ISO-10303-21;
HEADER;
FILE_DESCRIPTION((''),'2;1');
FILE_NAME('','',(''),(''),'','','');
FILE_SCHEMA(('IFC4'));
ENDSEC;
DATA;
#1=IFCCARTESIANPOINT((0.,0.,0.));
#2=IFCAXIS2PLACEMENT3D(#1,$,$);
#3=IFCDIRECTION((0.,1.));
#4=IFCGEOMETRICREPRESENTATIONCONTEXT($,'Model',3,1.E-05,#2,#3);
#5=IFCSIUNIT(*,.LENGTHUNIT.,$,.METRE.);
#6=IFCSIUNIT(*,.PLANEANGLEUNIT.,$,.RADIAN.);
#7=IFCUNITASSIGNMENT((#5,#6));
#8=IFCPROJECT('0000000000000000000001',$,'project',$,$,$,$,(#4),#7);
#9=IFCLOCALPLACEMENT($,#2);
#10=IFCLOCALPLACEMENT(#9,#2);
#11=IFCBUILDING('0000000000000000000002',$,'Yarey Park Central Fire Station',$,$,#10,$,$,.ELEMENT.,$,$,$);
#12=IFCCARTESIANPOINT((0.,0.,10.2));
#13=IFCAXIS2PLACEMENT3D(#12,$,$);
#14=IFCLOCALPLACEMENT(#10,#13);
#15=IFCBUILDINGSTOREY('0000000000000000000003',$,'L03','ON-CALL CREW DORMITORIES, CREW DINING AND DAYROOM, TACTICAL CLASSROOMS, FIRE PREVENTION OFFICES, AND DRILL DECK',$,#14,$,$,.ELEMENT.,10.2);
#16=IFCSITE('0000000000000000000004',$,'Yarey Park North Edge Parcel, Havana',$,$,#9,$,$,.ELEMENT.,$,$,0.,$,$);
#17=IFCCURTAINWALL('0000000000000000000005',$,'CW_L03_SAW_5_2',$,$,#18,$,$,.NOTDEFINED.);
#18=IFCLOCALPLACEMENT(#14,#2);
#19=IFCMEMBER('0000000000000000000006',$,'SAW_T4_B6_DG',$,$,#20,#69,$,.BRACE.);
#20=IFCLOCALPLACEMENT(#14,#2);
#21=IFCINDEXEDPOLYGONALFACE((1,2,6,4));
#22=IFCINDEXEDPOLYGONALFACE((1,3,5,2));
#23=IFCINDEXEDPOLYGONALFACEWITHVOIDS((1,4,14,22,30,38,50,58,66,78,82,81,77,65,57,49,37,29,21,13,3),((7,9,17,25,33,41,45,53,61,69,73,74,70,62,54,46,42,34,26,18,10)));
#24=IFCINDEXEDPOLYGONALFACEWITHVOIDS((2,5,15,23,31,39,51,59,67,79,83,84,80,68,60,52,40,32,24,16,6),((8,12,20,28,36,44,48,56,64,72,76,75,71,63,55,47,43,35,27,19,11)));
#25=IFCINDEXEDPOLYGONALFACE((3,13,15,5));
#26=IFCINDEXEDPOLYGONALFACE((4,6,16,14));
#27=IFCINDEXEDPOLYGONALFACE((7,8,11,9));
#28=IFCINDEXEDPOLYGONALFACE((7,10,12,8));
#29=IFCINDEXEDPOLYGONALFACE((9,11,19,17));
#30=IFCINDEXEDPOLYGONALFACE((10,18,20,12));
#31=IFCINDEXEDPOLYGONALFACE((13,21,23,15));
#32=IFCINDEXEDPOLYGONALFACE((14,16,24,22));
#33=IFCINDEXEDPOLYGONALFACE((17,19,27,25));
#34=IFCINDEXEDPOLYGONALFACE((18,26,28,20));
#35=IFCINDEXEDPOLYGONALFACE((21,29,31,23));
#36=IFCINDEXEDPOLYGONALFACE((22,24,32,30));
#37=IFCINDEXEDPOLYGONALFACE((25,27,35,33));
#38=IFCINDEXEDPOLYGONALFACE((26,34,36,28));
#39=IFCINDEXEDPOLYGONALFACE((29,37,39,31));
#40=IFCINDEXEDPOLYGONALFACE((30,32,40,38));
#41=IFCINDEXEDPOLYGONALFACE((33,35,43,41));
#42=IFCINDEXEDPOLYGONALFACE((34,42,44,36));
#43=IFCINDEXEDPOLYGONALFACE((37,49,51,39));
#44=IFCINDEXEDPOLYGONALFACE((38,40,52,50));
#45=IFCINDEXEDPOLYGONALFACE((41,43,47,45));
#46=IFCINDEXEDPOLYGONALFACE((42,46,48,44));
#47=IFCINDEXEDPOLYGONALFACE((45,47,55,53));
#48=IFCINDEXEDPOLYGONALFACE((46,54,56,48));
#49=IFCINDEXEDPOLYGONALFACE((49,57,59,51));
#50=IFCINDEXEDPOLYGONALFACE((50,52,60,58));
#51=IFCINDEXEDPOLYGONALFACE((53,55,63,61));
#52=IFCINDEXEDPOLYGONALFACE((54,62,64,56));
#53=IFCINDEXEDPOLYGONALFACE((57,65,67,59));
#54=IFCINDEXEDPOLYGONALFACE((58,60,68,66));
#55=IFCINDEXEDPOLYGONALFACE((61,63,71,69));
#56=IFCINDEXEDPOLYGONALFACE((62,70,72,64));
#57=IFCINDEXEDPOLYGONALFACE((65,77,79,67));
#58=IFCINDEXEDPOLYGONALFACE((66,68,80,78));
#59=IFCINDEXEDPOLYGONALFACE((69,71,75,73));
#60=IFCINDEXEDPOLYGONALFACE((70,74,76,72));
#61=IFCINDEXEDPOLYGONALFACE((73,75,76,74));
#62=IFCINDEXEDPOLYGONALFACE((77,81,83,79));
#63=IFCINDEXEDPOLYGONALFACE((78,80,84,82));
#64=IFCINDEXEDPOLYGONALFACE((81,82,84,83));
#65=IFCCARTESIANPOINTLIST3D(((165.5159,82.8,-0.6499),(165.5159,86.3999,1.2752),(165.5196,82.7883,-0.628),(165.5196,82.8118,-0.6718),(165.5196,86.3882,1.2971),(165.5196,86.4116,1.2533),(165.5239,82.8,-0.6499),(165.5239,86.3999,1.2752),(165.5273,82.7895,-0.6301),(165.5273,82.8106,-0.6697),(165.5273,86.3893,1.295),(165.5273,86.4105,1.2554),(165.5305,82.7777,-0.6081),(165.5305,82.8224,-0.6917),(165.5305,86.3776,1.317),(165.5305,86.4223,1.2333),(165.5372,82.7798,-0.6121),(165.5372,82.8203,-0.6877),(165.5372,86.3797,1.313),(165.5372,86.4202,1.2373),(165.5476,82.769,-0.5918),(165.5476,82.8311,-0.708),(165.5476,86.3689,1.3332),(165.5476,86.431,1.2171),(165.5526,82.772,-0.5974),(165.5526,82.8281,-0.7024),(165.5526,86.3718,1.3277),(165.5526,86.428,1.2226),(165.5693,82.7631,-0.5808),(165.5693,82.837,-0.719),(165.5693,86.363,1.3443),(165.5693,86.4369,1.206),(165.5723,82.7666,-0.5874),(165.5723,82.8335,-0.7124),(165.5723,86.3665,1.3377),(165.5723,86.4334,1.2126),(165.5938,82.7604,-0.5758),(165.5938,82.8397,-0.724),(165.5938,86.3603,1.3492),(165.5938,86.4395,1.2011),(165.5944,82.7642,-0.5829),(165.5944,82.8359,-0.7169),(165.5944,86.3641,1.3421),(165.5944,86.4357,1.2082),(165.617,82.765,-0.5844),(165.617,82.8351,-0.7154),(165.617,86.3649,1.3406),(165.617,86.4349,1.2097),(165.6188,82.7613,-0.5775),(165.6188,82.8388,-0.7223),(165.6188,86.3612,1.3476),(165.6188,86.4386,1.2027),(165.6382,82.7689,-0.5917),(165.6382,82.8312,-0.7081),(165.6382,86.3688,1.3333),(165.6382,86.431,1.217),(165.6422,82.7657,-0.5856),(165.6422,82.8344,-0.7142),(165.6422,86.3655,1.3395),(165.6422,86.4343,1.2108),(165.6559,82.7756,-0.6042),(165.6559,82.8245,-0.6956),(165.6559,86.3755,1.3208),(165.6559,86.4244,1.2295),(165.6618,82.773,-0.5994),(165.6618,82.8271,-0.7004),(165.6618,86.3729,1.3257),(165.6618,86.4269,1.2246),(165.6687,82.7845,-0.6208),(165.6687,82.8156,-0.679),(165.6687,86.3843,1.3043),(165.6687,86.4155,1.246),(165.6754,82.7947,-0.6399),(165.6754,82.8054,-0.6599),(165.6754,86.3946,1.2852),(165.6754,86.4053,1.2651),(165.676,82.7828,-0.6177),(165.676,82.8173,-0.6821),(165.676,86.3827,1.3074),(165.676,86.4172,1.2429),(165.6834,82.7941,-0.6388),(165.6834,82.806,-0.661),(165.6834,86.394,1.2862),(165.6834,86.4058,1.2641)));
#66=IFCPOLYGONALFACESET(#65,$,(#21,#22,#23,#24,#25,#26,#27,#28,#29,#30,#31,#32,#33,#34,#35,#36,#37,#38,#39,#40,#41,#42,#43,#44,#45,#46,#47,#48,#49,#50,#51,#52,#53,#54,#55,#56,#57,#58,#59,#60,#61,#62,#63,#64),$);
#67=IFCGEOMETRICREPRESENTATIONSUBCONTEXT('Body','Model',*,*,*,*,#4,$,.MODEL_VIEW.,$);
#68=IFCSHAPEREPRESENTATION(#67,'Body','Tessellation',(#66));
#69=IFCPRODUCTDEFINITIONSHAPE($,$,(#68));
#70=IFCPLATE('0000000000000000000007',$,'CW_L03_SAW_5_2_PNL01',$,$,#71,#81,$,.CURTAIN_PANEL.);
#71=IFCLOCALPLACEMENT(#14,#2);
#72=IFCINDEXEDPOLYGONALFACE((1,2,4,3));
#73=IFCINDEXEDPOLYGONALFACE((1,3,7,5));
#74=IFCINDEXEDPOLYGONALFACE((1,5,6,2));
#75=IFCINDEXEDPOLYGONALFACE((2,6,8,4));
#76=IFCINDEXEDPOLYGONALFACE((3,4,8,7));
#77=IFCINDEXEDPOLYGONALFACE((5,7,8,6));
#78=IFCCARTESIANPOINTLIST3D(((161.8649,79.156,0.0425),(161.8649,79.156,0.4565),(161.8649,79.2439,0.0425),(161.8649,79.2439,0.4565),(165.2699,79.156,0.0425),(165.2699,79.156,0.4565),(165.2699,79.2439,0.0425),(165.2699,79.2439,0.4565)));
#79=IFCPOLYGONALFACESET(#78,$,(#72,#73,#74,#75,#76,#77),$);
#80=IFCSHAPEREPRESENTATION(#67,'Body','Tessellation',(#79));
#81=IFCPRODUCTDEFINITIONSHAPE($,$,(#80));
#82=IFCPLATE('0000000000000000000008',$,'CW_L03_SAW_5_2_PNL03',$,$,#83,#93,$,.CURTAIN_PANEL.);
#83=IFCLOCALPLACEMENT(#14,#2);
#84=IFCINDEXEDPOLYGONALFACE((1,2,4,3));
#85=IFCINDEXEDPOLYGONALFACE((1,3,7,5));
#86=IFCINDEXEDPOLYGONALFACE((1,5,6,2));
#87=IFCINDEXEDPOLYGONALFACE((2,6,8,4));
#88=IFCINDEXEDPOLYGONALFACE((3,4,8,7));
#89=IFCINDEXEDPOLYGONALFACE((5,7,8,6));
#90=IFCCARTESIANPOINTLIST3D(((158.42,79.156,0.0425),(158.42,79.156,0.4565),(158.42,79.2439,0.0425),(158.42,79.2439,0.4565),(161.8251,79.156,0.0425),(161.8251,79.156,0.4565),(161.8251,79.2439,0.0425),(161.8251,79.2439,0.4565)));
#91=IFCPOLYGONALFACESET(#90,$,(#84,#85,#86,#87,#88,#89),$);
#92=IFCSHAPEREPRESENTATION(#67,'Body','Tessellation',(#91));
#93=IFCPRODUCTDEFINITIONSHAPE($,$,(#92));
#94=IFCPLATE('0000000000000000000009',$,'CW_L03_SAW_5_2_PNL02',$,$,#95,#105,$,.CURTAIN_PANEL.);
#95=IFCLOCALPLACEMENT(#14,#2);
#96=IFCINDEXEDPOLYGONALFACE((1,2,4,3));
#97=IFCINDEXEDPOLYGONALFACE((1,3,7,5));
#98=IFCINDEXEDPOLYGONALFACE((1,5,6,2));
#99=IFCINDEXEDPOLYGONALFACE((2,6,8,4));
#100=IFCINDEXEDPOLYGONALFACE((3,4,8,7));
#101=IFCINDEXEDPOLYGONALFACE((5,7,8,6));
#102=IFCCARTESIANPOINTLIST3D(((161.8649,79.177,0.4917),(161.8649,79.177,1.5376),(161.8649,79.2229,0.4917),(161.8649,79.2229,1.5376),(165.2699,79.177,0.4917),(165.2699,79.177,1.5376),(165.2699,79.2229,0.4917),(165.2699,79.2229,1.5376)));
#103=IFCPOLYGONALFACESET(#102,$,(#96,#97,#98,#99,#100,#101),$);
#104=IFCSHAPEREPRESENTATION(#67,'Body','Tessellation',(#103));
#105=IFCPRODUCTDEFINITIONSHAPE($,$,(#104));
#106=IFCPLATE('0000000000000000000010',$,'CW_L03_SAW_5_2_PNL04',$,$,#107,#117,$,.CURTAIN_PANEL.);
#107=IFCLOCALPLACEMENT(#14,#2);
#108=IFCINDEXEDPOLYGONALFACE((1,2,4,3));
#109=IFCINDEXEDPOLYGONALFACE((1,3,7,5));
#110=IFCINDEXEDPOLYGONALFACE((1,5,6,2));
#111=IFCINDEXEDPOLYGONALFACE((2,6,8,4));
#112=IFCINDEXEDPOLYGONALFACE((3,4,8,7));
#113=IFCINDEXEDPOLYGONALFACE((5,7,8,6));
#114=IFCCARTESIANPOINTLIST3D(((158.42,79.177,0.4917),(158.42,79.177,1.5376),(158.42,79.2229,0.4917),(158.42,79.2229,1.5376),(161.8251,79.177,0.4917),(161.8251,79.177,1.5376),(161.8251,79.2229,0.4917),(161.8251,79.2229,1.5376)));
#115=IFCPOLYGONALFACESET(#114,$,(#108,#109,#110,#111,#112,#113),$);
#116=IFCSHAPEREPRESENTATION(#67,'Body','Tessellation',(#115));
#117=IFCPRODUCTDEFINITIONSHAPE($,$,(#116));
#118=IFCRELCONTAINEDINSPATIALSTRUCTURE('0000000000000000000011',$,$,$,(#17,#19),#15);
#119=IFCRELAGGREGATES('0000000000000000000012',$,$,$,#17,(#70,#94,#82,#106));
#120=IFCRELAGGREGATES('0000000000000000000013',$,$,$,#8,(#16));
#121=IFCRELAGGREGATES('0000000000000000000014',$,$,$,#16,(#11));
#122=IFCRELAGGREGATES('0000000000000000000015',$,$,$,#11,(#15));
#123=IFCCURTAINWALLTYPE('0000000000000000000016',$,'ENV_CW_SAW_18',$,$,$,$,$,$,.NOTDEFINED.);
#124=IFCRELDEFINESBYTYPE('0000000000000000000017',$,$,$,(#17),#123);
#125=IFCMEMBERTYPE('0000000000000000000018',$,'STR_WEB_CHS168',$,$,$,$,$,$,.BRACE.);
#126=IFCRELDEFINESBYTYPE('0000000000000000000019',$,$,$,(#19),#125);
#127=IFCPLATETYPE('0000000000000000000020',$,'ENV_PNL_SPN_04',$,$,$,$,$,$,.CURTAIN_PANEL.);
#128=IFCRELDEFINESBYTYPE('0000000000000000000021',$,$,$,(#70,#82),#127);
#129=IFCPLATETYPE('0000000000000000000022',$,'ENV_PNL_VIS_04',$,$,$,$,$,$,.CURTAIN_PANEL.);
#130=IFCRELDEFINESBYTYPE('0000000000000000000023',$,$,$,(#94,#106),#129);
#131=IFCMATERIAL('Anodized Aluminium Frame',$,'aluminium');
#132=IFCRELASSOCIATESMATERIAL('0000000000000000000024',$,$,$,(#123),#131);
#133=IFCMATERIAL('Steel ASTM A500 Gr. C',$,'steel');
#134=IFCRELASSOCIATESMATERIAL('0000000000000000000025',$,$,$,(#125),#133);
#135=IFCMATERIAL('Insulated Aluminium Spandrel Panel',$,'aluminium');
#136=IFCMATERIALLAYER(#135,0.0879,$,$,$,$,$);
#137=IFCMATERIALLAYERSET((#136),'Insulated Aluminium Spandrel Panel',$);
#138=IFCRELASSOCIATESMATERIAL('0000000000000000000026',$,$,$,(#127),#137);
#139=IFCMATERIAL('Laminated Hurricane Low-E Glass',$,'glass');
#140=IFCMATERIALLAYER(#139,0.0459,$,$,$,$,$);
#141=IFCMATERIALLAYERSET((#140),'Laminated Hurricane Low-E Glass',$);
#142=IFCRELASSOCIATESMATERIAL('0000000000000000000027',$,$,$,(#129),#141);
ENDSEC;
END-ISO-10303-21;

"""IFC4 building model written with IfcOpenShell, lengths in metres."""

from ifc_helpers import new_model, si_unit, direction, frame, origin, origin_2d, place, context, subcontext, project, spatial, rectangle, hollow_circle, extrude, material, layer, layer_set, material_profile, profile_set, type_object, element, aggregate, save


model = new_model("IFC4")

# Units and contexts
model_context = context("Model", 3, precision=1e-05, world=origin(), true_north=direction((0.0, 1.0)))
body_context = subcontext(model_context, "Body", "Model", "MODEL_VIEW")
ifc_project = project(units=[si_unit("LENGTHUNIT", "METRE"), si_unit("PLANEANGLEUNIT", "RADIAN")], contexts=[model_context])

# Site, building, storey
site_placement = place(None, origin())
site = spatial("IfcSite", under=ifc_project, at=site_placement, Name="Yarey Park North Edge Parcel, Havana", CompositionType="ELEMENT", RefElevation=0.0)
building_placement = place(site_placement, origin())
building = spatial("IfcBuilding", under=site, at=building_placement, Name="Yarey Park Central Fire Station", CompositionType="ELEMENT")
storey_placement = place(building_placement, frame((0.0, 0.0, 10.2)))
storey = spatial("IfcBuildingStorey", under=building, at=storey_placement, Name="L03", Description="ON-CALL CREW DORMITORIES, CREW DINING AND DAYROOM, TACTICAL CLASSROOMS, FIRE PREVENTION OFFICES, AND DRILL DECK", CompositionType="ELEMENT", Elevation=10.2)

# Curtain wall
ifc_material_1 = material(Name="Anodized Aluminium Frame", Category="aluminium")
curtain_wall_type = type_object("IfcCurtainWallType", Name="ENV_CW_SAW_18", PredefinedType="NOTDEFINED", material=ifc_material_1)
curtain_wall_1_placement = place(storey_placement, origin())
curtain_wall_1 = element("IfcCurtainWall", 1, at=curtain_wall_1_placement, inside=storey, type_object=curtain_wall_type, Name="CW_L03_SAW_5_2", PredefinedType="NOTDEFINED")

# Shared definitions
ifc_material_2 = material(Name="Steel ASTM A500 Gr. C", Category="steel")

# Member
ifc_material_profile_1 = material_profile(ifc_material_2, hollow_circle(Radius=0.0842, WallThickness=0.0081, at=origin_2d()), Name="CHS 168.3x8")
ifc_profile_set_1 = profile_set([ifc_material_profile_1], Name="Steel ASTM A500 Gr. C")
member_type_1 = type_object("IfcMemberType", Name="STR_WEB_CHS168", PredefinedType="BRACE", material=ifc_profile_set_1)
for number, where, z_axis, x_axis, name in (
    (2, (165.6001, 82.8, -0.6499), (0.0, 0.881831, 0.471566), (-1.0, 0.0, 0.0), "SAW_T4_B6_DG"),
):
    element("IfcMember", number, at=place(storey_placement, frame(where, z_axis=z_axis, x_axis=x_axis)), inside=storey, type_object=member_type_1, Name=name, PredefinedType="BRACE", context=body_context, shape_type="SweptSolid", body=[
        extrude(hollow_circle(Radius=0.0842, WallThickness=0.0081, at=origin_2d()), origin(), (0.0, 0.0, 1.0), 4.0823),
    ])

# Plates
ifc_material_3 = material(Name="Insulated Aluminium Spandrel Panel", Category="aluminium")
ifc_layer_1 = layer(ifc_material_3, 0.0879)
ifc_layer_set_1 = layer_set([ifc_layer_1], Name="Insulated Aluminium Spandrel Panel")
plate_type_1 = type_object("IfcPlateType", Name="ENV_PNL_SPN_04", PredefinedType="CURTAIN_PANEL", material=ifc_layer_set_1)
plate_1_placement = place(storey_placement, frame((163.5674, 79.2, 0.0425), z_axis=(0.0, 0.0, 1.0), x_axis=(-1.0, 0.0, 0.0)))
plate_1 = element("IfcPlate", 3, at=plate_1_placement, type_object=plate_type_1, Name="CW_L03_SAW_5_2_PNL01", PredefinedType="CURTAIN_PANEL", context=body_context, shape_type="SweptSolid", body=[
    extrude(rectangle(XDim=3.405, YDim=0.0879, at=origin_2d()), origin(), (0.0, 0.0, 1.0), 0.4141),
])
plate_2_placement = place(storey_placement, frame((160.1226, 79.2, 0.0425), z_axis=(0.0, 0.0, 1.0), x_axis=(-1.0, 0.0, 0.0)))
plate_2 = element("IfcPlate", 4, at=plate_2_placement, type_object=plate_type_1, Name="CW_L03_SAW_5_2_PNL03", PredefinedType="CURTAIN_PANEL", context=body_context, shape_type="SweptSolid", body=[
    extrude(rectangle(XDim=3.405, YDim=0.0879, at=origin_2d()), origin(), (0.0, 0.0, 1.0), 0.4141),
])
ifc_material_4 = material(Name="Laminated Hurricane Low-E Glass", Category="glass")
ifc_layer_2 = layer(ifc_material_4, 0.0459)
ifc_layer_set_2 = layer_set([ifc_layer_2], Name="Laminated Hurricane Low-E Glass")
plate_type_2 = type_object("IfcPlateType", Name="ENV_PNL_VIS_04", PredefinedType="CURTAIN_PANEL", material=ifc_layer_set_2)
plate_3_placement = place(storey_placement, frame((163.5674, 79.2, 0.4917), z_axis=(0.0, 0.0, 1.0), x_axis=(-1.0, 0.0, 0.0)))
plate_3 = element("IfcPlate", 5, at=plate_3_placement, type_object=plate_type_2, Name="CW_L03_SAW_5_2_PNL02", PredefinedType="CURTAIN_PANEL", context=body_context, shape_type="SweptSolid", body=[
    extrude(rectangle(XDim=3.405, YDim=0.0459, at=origin_2d()), origin(), (0.0, 0.0, 1.0), 1.0459),
])
plate_4_placement = place(storey_placement, frame((160.1226, 79.2, 0.4917), z_axis=(0.0, 0.0, 1.0), x_axis=(-1.0, 0.0, 0.0)))
plate_4 = element("IfcPlate", 6, at=plate_4_placement, type_object=plate_type_2, Name="CW_L03_SAW_5_2_PNL04", PredefinedType="CURTAIN_PANEL", context=body_context, shape_type="SweptSolid", body=[
    extrude(rectangle(XDim=3.405, YDim=0.0459, at=origin_2d()), origin(), (0.0, 0.0, 1.0), 1.0459),
])
aggregate(curtain_wall_1, [plate_1, plate_3, plate_2, plate_4])

save(model, "model.ifc")
